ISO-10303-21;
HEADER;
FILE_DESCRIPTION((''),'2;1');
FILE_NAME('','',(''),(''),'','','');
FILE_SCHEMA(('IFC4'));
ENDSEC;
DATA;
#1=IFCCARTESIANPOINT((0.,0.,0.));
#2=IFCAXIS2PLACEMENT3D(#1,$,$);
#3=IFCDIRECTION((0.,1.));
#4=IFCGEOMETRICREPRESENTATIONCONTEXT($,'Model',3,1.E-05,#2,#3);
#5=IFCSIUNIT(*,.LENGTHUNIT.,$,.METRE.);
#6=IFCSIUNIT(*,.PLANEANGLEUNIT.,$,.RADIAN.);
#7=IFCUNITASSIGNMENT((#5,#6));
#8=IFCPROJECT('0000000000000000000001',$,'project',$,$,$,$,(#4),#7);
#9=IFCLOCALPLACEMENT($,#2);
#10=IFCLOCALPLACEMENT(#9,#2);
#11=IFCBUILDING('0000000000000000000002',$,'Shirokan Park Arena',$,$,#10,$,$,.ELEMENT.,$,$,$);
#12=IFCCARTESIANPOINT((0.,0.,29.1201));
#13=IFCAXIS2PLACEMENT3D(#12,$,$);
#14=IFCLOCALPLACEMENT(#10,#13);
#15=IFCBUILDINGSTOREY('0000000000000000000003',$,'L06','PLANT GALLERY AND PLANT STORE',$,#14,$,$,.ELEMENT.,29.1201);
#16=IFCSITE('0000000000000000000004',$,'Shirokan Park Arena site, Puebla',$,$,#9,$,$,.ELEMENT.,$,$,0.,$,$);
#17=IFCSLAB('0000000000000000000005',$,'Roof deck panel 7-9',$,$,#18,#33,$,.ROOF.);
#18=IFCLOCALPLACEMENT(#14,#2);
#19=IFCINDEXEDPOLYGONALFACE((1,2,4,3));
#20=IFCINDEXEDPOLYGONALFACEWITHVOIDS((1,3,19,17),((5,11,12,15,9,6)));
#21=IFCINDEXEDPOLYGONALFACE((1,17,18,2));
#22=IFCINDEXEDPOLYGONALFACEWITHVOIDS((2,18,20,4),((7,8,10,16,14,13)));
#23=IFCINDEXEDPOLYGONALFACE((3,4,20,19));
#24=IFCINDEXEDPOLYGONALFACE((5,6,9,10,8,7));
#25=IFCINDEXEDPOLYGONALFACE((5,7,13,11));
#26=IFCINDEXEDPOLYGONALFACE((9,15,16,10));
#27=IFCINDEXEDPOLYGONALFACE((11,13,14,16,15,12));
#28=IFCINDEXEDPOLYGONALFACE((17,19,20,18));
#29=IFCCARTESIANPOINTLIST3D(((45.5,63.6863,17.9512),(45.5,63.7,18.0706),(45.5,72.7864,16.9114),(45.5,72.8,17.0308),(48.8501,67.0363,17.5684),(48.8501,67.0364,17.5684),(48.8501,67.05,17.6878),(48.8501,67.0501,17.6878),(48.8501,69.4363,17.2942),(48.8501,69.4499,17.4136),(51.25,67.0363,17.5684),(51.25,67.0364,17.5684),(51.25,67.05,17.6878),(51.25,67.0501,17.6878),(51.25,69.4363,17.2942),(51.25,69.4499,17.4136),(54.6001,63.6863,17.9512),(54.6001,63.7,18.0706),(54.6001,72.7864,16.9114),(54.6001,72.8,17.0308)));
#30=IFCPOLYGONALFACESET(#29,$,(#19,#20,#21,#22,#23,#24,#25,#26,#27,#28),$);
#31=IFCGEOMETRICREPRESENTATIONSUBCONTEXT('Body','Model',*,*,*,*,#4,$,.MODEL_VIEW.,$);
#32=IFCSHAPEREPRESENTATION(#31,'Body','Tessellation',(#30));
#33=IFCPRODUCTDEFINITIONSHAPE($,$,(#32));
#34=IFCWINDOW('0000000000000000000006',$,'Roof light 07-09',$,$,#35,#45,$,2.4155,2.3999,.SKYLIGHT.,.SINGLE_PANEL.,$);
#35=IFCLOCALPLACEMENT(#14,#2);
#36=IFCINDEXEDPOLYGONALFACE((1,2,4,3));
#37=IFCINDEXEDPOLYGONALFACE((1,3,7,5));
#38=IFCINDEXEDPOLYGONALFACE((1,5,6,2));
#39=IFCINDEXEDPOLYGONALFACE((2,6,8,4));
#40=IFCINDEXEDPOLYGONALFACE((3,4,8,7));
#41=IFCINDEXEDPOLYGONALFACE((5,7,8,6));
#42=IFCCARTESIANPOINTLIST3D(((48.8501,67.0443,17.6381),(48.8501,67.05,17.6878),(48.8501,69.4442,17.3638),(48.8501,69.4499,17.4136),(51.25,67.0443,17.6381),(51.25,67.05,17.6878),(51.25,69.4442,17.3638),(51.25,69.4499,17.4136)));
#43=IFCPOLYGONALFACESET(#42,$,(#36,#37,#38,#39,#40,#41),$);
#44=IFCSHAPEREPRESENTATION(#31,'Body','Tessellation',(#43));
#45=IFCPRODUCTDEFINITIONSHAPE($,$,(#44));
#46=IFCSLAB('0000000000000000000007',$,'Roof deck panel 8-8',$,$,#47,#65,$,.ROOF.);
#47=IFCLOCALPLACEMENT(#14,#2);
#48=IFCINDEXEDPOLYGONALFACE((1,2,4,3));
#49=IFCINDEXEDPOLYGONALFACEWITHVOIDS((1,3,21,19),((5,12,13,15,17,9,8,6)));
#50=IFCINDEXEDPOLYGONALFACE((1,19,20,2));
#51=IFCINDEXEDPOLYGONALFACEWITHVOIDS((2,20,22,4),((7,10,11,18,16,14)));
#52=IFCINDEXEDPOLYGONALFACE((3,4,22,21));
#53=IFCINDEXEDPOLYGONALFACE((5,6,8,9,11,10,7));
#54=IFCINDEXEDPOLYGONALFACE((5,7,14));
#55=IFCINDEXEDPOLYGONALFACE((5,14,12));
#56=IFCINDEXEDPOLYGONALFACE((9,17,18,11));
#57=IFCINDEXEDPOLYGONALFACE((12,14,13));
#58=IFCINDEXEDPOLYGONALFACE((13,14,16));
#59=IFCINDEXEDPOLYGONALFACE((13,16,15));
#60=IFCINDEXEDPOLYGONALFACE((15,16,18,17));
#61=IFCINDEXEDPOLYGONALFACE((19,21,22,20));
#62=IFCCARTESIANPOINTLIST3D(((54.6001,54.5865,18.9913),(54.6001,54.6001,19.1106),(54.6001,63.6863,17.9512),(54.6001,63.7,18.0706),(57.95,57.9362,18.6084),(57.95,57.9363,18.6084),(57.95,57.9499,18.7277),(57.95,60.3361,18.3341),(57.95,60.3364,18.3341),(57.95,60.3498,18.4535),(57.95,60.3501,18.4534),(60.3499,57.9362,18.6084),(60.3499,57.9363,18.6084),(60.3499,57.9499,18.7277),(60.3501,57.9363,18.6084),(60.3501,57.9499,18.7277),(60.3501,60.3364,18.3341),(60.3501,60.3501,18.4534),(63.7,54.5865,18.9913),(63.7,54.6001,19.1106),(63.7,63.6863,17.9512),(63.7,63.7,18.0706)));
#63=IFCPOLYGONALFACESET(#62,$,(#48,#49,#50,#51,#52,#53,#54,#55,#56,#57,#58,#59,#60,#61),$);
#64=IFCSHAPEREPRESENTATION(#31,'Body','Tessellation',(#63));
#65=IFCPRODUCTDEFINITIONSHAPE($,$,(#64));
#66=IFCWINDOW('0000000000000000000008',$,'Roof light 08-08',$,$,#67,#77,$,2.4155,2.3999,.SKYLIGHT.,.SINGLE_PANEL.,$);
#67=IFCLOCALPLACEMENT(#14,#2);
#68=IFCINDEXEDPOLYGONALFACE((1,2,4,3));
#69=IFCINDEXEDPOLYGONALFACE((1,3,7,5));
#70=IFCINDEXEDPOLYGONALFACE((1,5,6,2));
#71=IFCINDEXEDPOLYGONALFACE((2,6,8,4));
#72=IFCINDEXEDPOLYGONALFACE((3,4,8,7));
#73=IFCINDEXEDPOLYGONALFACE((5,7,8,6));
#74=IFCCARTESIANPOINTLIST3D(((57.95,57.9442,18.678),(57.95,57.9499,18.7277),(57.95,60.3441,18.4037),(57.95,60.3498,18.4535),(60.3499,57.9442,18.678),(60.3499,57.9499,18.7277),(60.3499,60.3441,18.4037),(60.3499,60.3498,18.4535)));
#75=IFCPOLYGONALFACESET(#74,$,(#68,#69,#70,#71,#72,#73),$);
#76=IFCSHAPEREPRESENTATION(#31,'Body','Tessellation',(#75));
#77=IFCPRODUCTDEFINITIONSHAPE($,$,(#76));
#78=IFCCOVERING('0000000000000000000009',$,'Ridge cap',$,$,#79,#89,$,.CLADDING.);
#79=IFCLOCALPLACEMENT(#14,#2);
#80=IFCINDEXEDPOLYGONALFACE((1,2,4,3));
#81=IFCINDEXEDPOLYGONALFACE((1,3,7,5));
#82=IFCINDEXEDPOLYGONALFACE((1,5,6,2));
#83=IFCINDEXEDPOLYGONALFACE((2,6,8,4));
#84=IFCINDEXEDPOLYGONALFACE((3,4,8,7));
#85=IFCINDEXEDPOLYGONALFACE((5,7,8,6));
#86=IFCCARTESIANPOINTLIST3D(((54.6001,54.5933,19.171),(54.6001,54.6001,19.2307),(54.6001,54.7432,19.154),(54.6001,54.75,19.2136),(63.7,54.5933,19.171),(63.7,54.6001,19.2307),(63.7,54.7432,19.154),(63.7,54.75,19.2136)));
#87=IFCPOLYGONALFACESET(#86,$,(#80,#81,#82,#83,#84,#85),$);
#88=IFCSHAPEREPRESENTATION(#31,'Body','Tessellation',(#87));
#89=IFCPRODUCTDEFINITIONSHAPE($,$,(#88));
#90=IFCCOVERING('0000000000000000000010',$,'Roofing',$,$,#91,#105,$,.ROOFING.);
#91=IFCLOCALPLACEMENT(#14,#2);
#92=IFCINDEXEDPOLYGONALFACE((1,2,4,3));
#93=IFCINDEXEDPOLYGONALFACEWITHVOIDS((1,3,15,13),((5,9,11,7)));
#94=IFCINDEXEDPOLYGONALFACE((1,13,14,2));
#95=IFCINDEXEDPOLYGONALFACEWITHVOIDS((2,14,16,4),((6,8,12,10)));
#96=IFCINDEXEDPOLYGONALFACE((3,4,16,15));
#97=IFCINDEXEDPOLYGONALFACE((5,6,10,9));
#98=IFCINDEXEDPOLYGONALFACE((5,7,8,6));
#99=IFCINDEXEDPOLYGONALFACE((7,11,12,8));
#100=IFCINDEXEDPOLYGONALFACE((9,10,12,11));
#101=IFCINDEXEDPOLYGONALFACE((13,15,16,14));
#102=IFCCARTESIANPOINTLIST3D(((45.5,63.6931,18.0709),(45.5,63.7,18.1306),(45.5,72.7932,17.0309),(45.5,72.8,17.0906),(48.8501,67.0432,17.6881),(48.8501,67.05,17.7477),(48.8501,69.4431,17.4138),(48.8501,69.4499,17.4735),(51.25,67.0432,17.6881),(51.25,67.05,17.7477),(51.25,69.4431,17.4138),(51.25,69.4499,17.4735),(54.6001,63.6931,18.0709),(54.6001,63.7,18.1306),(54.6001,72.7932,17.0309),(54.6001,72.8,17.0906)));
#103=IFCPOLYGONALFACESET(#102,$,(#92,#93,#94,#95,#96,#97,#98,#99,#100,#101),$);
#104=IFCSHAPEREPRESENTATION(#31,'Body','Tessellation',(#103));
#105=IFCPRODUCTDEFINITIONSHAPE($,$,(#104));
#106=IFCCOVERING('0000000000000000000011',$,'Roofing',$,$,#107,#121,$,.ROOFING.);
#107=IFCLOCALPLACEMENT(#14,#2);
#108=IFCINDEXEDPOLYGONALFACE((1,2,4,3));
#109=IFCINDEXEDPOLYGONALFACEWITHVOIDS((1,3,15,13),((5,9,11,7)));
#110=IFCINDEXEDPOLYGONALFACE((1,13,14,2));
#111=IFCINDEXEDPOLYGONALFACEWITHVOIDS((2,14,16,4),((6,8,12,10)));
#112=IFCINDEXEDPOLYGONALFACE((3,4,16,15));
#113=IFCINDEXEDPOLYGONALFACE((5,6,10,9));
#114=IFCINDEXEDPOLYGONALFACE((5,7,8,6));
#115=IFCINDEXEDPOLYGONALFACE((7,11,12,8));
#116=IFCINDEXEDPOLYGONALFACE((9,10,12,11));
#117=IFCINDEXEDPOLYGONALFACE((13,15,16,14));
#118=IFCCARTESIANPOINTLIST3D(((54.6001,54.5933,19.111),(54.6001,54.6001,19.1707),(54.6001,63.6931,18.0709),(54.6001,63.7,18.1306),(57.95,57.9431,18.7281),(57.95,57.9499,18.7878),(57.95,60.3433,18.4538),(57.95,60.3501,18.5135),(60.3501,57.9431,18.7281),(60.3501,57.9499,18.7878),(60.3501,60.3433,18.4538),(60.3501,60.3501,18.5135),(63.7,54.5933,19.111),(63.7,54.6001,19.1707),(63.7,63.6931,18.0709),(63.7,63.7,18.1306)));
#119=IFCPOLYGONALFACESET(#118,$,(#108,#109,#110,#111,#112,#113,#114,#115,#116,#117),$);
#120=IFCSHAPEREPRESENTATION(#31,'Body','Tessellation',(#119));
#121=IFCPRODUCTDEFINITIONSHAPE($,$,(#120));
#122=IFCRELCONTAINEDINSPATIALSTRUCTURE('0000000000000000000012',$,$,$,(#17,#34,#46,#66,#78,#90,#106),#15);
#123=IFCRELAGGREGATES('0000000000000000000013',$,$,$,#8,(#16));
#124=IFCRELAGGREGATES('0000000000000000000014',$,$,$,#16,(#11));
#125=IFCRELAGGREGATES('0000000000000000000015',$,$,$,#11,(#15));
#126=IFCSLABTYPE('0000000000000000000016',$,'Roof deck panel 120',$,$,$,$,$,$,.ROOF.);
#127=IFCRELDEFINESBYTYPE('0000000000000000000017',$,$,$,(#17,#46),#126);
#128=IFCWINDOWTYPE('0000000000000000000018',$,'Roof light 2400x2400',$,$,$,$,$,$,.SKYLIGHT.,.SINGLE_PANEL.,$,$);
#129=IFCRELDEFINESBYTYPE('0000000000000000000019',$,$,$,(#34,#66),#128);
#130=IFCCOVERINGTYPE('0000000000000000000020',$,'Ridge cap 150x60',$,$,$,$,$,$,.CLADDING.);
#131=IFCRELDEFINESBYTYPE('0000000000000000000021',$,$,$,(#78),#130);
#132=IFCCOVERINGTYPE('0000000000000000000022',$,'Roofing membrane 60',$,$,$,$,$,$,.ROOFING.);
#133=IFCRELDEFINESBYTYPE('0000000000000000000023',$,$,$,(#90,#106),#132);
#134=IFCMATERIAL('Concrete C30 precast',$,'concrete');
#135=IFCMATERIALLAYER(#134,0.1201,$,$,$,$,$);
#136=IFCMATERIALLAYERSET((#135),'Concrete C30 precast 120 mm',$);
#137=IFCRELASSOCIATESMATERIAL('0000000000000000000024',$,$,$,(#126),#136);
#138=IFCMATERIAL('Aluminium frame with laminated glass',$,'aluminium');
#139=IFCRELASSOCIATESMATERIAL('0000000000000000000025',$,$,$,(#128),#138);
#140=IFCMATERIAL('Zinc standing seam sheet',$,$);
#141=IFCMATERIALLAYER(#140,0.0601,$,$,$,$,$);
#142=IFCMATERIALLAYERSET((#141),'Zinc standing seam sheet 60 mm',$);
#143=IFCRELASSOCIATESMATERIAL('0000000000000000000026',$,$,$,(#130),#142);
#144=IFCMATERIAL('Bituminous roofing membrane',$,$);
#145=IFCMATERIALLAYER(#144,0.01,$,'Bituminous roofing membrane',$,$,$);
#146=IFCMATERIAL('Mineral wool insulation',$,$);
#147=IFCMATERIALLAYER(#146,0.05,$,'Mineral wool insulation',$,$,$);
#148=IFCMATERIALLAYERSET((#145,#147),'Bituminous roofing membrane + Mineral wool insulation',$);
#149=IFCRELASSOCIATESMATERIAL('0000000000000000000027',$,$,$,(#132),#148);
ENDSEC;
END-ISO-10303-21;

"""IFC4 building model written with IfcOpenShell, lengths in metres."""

from ifc_helpers import new_model, si_unit, direction, frame, origin, origin_2d, place, context, subcontext, project, spatial, polyline, rectangle, outline, extrude, material, layer, layer_set, type_object, element, fill, save


model = new_model("IFC4")

# Units and contexts
model_context = context("Model", 3, precision=1e-05, world=origin(), true_north=direction((0.0, 1.0)))
body_context = subcontext(model_context, "Body", "Model", "MODEL_VIEW")
ifc_project = project(units=[si_unit("LENGTHUNIT", "METRE"), si_unit("PLANEANGLEUNIT", "RADIAN")], contexts=[model_context])

# Site, building, storey
site_placement = place(None, origin())
site = spatial("IfcSite", under=ifc_project, at=site_placement, Name="Shirokan Park Arena site, Puebla", CompositionType="ELEMENT", RefElevation=0.0)
building_placement = place(site_placement, origin())
building = spatial("IfcBuilding", under=site, at=building_placement, Name="Shirokan Park Arena", CompositionType="ELEMENT")
storey_placement = place(building_placement, frame((0.0, 0.0, 29.1201)))
storey = spatial("IfcBuildingStorey", under=building, at=storey_placement, Name="L06", Description="PLANT GALLERY AND PLANT STORE", CompositionType="ELEMENT", Elevation=29.1201)

# Slabs, openings, windows
ifc_material_1 = material(Name="Concrete C30 precast", Category="concrete")
ifc_layer_1 = layer(ifc_material_1, 0.1201)
ifc_layer_set_1 = layer_set([ifc_layer_1], Name="Concrete C30 precast 120 mm")
slab_type = type_object("IfcSlabType", Name="Roof deck panel 120", PredefinedType="ROOF", material=ifc_layer_set_1)
slab_1_placement = place(storey_placement, frame((45.5, 63.7, 18.0706), z_axis=(0.0, 0.113523, 0.993535), x_axis=(1.0, 0.0, 0.0)))
slab_1 = element("IfcSlab", 1, at=slab_1_placement, inside=storey, type_object=slab_type, Name="Roof deck panel 7-9", PredefinedType="ROOF", context=body_context, shape_type="SweptSolid", body=[
    extrude(outline(polyline([(0.0, 0.0), (9.1001, 0.0), (9.1001, 9.1593), (0.0, 9.1593), (0.0, 0.0)]), holes=[polyline([(3.3501, 3.3719), (5.75, 3.3719), (5.75, 5.7874), (3.3501, 5.7874), (3.3501, 3.3719)])]), origin(), (0.0, 0.0, -1.0), 0.1201),
])
opening_1_placement = place(slab_1_placement, frame((4.55, 4.5796, 0.01)))
opening_1 = element("IfcOpeningElement", 2, at=opening_1_placement, cuts=slab_1, PredefinedType="OPENING", context=body_context, shape_type="SweptSolid", body=[
    extrude(rectangle(XDim=2.3999, YDim=2.4155, at=origin_2d()), origin(), (0.0, 0.0, -1.0), 0.1399),
])
ifc_material_2 = material(Name="Aluminium frame with laminated glass", Category="aluminium")
window_type = type_object("IfcWindowType", Name="Roof light 2400x2400", PartitioningType="SINGLE_PANEL", PredefinedType="SKYLIGHT", material=ifc_material_2)
window_1_placement = place(opening_1_placement, frame((0.0, 0.0, -0.0601)))
window_1 = element("IfcWindow", 3, at=window_1_placement, inside=storey, type_object=window_type, Name="Roof light 07-09", OverallHeight=2.4155, OverallWidth=2.3999, PartitioningType="SINGLE_PANEL", PredefinedType="SKYLIGHT", context=body_context, shape_type="SweptSolid", body=[
    extrude(rectangle(XDim=2.3999, YDim=2.4155, at=origin_2d()), origin(), (0.0, 0.0, 1.0), 0.05),
])
fill(opening_1, window_1)
slab_2_placement = place(storey_placement, frame((54.6001, 54.6001, 19.1106), z_axis=(0.0, 0.113553, 0.993532), x_axis=(1.0, 0.0, 0.0)))
slab_2 = element("IfcSlab", 4, at=slab_2_placement, inside=storey, type_object=slab_type, Name="Roof deck panel 8-8", PredefinedType="ROOF", context=body_context, shape_type="SweptSolid", body=[
    extrude(outline(polyline([(0.0, 0.0), (9.0999, 0.0), (9.0999, 9.1591), (0.0, 9.1591), (0.0, 0.0)]), holes=[polyline([(3.3499, 3.3717), (5.75, 3.3717), (5.75, 5.7874), (3.3499, 5.7874), (3.3499, 3.3717)])]), origin(), (0.0, 0.0, -1.0), 0.1201),
])
opening_2_placement = place(slab_2_placement, frame((4.5498, 4.5793, 0.01)))
opening_2 = element("IfcOpeningElement", 5, at=opening_2_placement, cuts=slab_2, PredefinedType="OPENING", context=body_context, shape_type="SweptSolid", body=[
    extrude(rectangle(XDim=2.3999, YDim=2.4155, at=origin_2d()), origin(), (0.0, 0.0, -1.0), 0.1399),
])
window_2_placement = place(opening_2_placement, frame((0.0, 0.0, -0.0601)))
window_2 = element("IfcWindow", 6, at=window_2_placement, inside=storey, type_object=window_type, Name="Roof light 08-08", OverallHeight=2.4155, OverallWidth=2.3999, PartitioningType="SINGLE_PANEL", PredefinedType="SKYLIGHT", context=body_context, shape_type="SweptSolid", body=[
    extrude(rectangle(XDim=2.3999, YDim=2.4155, at=origin_2d()), origin(), (0.0, 0.0, 1.0), 0.05),
])
fill(opening_2, window_2)

# Coverings
ifc_material_3 = material(Name="Zinc standing seam sheet")
ifc_layer_2 = layer(ifc_material_3, 0.0601)
ifc_layer_set_2 = layer_set([ifc_layer_2], Name="Zinc standing seam sheet 60 mm")
covering_type_1 = type_object("IfcCoveringType", Name="Ridge cap 150x60", PredefinedType="CLADDING", material=ifc_layer_set_2)
covering_1_placement = place(storey_placement, frame((54.6001, 54.6001, 19.2307), z_axis=(0.0, 0.113273, 0.993564), x_axis=(1.0, 0.0, 0.0)))
element("IfcCovering", 7, at=covering_1_placement, inside=storey, type_object=covering_type_1, Name="Ridge cap", PredefinedType="CLADDING", context=body_context, shape_type="SweptSolid", body=[
    extrude(outline(polyline([(0.0, 0.0), (9.0999, 0.0), (9.0999, 0.1509), (0.0, 0.1509), (0.0, 0.0)])), origin(), (0.0, 0.0, -1.0), 0.0601),
])
ifc_material_4 = material(Name="Bituminous roofing membrane")
ifc_layer_3 = layer(ifc_material_4, 0.01, Name="Bituminous roofing membrane")
ifc_material_5 = material(Name="Mineral wool insulation")
ifc_layer_4 = layer(ifc_material_5, 0.05, Name="Mineral wool insulation")
ifc_layer_set_3 = layer_set([ifc_layer_3, ifc_layer_4], Name="Bituminous roofing membrane + Mineral wool insulation")
covering_type_2 = type_object("IfcCoveringType", Name="Roofing membrane 60", PredefinedType="ROOFING", material=ifc_layer_set_3)
covering_2_placement = place(storey_placement, frame((45.5, 63.7, 18.1306), z_axis=(0.0, 0.11355, 0.993532), x_axis=(1.0, 0.0, 0.0)))
element("IfcCovering", 8, at=covering_2_placement, inside=storey, type_object=covering_type_2, Name="Roofing", PredefinedType="ROOFING", context=body_context, shape_type="SweptSolid", body=[
    extrude(outline(polyline([(0.0, 0.0), (9.1001, 0.0), (9.1001, 9.1593), (0.0, 9.1593), (0.0, 0.0)]), holes=[polyline([(5.75, 3.3719), (5.75, 5.7874), (3.3501, 5.7874), (3.3501, 3.3719), (5.75, 3.3719)])]), origin(), (0.0, 0.0, -1.0), 0.0601),
])
covering_3_placement = place(storey_placement, frame((54.6001, 54.6001, 19.1707), z_axis=(0.0, 0.113553, 0.993532), x_axis=(1.0, 0.0, 0.0)))
element("IfcCovering", 9, at=covering_3_placement, inside=storey, type_object=covering_type_2, Name="Roofing", PredefinedType="ROOFING", context=body_context, shape_type="SweptSolid", body=[
    extrude(outline(polyline([(0.0, 0.0), (9.0999, 0.0), (9.0999, 9.1591), (0.0, 9.1591), (0.0, 0.0)]), holes=[polyline([(5.75, 3.3717), (5.75, 5.7874), (3.3499, 5.7874), (3.3499, 3.3717), (5.75, 3.3717)])]), origin(), (0.0, 0.0, -1.0), 0.0601),
])

save(model, "model.ifc")
